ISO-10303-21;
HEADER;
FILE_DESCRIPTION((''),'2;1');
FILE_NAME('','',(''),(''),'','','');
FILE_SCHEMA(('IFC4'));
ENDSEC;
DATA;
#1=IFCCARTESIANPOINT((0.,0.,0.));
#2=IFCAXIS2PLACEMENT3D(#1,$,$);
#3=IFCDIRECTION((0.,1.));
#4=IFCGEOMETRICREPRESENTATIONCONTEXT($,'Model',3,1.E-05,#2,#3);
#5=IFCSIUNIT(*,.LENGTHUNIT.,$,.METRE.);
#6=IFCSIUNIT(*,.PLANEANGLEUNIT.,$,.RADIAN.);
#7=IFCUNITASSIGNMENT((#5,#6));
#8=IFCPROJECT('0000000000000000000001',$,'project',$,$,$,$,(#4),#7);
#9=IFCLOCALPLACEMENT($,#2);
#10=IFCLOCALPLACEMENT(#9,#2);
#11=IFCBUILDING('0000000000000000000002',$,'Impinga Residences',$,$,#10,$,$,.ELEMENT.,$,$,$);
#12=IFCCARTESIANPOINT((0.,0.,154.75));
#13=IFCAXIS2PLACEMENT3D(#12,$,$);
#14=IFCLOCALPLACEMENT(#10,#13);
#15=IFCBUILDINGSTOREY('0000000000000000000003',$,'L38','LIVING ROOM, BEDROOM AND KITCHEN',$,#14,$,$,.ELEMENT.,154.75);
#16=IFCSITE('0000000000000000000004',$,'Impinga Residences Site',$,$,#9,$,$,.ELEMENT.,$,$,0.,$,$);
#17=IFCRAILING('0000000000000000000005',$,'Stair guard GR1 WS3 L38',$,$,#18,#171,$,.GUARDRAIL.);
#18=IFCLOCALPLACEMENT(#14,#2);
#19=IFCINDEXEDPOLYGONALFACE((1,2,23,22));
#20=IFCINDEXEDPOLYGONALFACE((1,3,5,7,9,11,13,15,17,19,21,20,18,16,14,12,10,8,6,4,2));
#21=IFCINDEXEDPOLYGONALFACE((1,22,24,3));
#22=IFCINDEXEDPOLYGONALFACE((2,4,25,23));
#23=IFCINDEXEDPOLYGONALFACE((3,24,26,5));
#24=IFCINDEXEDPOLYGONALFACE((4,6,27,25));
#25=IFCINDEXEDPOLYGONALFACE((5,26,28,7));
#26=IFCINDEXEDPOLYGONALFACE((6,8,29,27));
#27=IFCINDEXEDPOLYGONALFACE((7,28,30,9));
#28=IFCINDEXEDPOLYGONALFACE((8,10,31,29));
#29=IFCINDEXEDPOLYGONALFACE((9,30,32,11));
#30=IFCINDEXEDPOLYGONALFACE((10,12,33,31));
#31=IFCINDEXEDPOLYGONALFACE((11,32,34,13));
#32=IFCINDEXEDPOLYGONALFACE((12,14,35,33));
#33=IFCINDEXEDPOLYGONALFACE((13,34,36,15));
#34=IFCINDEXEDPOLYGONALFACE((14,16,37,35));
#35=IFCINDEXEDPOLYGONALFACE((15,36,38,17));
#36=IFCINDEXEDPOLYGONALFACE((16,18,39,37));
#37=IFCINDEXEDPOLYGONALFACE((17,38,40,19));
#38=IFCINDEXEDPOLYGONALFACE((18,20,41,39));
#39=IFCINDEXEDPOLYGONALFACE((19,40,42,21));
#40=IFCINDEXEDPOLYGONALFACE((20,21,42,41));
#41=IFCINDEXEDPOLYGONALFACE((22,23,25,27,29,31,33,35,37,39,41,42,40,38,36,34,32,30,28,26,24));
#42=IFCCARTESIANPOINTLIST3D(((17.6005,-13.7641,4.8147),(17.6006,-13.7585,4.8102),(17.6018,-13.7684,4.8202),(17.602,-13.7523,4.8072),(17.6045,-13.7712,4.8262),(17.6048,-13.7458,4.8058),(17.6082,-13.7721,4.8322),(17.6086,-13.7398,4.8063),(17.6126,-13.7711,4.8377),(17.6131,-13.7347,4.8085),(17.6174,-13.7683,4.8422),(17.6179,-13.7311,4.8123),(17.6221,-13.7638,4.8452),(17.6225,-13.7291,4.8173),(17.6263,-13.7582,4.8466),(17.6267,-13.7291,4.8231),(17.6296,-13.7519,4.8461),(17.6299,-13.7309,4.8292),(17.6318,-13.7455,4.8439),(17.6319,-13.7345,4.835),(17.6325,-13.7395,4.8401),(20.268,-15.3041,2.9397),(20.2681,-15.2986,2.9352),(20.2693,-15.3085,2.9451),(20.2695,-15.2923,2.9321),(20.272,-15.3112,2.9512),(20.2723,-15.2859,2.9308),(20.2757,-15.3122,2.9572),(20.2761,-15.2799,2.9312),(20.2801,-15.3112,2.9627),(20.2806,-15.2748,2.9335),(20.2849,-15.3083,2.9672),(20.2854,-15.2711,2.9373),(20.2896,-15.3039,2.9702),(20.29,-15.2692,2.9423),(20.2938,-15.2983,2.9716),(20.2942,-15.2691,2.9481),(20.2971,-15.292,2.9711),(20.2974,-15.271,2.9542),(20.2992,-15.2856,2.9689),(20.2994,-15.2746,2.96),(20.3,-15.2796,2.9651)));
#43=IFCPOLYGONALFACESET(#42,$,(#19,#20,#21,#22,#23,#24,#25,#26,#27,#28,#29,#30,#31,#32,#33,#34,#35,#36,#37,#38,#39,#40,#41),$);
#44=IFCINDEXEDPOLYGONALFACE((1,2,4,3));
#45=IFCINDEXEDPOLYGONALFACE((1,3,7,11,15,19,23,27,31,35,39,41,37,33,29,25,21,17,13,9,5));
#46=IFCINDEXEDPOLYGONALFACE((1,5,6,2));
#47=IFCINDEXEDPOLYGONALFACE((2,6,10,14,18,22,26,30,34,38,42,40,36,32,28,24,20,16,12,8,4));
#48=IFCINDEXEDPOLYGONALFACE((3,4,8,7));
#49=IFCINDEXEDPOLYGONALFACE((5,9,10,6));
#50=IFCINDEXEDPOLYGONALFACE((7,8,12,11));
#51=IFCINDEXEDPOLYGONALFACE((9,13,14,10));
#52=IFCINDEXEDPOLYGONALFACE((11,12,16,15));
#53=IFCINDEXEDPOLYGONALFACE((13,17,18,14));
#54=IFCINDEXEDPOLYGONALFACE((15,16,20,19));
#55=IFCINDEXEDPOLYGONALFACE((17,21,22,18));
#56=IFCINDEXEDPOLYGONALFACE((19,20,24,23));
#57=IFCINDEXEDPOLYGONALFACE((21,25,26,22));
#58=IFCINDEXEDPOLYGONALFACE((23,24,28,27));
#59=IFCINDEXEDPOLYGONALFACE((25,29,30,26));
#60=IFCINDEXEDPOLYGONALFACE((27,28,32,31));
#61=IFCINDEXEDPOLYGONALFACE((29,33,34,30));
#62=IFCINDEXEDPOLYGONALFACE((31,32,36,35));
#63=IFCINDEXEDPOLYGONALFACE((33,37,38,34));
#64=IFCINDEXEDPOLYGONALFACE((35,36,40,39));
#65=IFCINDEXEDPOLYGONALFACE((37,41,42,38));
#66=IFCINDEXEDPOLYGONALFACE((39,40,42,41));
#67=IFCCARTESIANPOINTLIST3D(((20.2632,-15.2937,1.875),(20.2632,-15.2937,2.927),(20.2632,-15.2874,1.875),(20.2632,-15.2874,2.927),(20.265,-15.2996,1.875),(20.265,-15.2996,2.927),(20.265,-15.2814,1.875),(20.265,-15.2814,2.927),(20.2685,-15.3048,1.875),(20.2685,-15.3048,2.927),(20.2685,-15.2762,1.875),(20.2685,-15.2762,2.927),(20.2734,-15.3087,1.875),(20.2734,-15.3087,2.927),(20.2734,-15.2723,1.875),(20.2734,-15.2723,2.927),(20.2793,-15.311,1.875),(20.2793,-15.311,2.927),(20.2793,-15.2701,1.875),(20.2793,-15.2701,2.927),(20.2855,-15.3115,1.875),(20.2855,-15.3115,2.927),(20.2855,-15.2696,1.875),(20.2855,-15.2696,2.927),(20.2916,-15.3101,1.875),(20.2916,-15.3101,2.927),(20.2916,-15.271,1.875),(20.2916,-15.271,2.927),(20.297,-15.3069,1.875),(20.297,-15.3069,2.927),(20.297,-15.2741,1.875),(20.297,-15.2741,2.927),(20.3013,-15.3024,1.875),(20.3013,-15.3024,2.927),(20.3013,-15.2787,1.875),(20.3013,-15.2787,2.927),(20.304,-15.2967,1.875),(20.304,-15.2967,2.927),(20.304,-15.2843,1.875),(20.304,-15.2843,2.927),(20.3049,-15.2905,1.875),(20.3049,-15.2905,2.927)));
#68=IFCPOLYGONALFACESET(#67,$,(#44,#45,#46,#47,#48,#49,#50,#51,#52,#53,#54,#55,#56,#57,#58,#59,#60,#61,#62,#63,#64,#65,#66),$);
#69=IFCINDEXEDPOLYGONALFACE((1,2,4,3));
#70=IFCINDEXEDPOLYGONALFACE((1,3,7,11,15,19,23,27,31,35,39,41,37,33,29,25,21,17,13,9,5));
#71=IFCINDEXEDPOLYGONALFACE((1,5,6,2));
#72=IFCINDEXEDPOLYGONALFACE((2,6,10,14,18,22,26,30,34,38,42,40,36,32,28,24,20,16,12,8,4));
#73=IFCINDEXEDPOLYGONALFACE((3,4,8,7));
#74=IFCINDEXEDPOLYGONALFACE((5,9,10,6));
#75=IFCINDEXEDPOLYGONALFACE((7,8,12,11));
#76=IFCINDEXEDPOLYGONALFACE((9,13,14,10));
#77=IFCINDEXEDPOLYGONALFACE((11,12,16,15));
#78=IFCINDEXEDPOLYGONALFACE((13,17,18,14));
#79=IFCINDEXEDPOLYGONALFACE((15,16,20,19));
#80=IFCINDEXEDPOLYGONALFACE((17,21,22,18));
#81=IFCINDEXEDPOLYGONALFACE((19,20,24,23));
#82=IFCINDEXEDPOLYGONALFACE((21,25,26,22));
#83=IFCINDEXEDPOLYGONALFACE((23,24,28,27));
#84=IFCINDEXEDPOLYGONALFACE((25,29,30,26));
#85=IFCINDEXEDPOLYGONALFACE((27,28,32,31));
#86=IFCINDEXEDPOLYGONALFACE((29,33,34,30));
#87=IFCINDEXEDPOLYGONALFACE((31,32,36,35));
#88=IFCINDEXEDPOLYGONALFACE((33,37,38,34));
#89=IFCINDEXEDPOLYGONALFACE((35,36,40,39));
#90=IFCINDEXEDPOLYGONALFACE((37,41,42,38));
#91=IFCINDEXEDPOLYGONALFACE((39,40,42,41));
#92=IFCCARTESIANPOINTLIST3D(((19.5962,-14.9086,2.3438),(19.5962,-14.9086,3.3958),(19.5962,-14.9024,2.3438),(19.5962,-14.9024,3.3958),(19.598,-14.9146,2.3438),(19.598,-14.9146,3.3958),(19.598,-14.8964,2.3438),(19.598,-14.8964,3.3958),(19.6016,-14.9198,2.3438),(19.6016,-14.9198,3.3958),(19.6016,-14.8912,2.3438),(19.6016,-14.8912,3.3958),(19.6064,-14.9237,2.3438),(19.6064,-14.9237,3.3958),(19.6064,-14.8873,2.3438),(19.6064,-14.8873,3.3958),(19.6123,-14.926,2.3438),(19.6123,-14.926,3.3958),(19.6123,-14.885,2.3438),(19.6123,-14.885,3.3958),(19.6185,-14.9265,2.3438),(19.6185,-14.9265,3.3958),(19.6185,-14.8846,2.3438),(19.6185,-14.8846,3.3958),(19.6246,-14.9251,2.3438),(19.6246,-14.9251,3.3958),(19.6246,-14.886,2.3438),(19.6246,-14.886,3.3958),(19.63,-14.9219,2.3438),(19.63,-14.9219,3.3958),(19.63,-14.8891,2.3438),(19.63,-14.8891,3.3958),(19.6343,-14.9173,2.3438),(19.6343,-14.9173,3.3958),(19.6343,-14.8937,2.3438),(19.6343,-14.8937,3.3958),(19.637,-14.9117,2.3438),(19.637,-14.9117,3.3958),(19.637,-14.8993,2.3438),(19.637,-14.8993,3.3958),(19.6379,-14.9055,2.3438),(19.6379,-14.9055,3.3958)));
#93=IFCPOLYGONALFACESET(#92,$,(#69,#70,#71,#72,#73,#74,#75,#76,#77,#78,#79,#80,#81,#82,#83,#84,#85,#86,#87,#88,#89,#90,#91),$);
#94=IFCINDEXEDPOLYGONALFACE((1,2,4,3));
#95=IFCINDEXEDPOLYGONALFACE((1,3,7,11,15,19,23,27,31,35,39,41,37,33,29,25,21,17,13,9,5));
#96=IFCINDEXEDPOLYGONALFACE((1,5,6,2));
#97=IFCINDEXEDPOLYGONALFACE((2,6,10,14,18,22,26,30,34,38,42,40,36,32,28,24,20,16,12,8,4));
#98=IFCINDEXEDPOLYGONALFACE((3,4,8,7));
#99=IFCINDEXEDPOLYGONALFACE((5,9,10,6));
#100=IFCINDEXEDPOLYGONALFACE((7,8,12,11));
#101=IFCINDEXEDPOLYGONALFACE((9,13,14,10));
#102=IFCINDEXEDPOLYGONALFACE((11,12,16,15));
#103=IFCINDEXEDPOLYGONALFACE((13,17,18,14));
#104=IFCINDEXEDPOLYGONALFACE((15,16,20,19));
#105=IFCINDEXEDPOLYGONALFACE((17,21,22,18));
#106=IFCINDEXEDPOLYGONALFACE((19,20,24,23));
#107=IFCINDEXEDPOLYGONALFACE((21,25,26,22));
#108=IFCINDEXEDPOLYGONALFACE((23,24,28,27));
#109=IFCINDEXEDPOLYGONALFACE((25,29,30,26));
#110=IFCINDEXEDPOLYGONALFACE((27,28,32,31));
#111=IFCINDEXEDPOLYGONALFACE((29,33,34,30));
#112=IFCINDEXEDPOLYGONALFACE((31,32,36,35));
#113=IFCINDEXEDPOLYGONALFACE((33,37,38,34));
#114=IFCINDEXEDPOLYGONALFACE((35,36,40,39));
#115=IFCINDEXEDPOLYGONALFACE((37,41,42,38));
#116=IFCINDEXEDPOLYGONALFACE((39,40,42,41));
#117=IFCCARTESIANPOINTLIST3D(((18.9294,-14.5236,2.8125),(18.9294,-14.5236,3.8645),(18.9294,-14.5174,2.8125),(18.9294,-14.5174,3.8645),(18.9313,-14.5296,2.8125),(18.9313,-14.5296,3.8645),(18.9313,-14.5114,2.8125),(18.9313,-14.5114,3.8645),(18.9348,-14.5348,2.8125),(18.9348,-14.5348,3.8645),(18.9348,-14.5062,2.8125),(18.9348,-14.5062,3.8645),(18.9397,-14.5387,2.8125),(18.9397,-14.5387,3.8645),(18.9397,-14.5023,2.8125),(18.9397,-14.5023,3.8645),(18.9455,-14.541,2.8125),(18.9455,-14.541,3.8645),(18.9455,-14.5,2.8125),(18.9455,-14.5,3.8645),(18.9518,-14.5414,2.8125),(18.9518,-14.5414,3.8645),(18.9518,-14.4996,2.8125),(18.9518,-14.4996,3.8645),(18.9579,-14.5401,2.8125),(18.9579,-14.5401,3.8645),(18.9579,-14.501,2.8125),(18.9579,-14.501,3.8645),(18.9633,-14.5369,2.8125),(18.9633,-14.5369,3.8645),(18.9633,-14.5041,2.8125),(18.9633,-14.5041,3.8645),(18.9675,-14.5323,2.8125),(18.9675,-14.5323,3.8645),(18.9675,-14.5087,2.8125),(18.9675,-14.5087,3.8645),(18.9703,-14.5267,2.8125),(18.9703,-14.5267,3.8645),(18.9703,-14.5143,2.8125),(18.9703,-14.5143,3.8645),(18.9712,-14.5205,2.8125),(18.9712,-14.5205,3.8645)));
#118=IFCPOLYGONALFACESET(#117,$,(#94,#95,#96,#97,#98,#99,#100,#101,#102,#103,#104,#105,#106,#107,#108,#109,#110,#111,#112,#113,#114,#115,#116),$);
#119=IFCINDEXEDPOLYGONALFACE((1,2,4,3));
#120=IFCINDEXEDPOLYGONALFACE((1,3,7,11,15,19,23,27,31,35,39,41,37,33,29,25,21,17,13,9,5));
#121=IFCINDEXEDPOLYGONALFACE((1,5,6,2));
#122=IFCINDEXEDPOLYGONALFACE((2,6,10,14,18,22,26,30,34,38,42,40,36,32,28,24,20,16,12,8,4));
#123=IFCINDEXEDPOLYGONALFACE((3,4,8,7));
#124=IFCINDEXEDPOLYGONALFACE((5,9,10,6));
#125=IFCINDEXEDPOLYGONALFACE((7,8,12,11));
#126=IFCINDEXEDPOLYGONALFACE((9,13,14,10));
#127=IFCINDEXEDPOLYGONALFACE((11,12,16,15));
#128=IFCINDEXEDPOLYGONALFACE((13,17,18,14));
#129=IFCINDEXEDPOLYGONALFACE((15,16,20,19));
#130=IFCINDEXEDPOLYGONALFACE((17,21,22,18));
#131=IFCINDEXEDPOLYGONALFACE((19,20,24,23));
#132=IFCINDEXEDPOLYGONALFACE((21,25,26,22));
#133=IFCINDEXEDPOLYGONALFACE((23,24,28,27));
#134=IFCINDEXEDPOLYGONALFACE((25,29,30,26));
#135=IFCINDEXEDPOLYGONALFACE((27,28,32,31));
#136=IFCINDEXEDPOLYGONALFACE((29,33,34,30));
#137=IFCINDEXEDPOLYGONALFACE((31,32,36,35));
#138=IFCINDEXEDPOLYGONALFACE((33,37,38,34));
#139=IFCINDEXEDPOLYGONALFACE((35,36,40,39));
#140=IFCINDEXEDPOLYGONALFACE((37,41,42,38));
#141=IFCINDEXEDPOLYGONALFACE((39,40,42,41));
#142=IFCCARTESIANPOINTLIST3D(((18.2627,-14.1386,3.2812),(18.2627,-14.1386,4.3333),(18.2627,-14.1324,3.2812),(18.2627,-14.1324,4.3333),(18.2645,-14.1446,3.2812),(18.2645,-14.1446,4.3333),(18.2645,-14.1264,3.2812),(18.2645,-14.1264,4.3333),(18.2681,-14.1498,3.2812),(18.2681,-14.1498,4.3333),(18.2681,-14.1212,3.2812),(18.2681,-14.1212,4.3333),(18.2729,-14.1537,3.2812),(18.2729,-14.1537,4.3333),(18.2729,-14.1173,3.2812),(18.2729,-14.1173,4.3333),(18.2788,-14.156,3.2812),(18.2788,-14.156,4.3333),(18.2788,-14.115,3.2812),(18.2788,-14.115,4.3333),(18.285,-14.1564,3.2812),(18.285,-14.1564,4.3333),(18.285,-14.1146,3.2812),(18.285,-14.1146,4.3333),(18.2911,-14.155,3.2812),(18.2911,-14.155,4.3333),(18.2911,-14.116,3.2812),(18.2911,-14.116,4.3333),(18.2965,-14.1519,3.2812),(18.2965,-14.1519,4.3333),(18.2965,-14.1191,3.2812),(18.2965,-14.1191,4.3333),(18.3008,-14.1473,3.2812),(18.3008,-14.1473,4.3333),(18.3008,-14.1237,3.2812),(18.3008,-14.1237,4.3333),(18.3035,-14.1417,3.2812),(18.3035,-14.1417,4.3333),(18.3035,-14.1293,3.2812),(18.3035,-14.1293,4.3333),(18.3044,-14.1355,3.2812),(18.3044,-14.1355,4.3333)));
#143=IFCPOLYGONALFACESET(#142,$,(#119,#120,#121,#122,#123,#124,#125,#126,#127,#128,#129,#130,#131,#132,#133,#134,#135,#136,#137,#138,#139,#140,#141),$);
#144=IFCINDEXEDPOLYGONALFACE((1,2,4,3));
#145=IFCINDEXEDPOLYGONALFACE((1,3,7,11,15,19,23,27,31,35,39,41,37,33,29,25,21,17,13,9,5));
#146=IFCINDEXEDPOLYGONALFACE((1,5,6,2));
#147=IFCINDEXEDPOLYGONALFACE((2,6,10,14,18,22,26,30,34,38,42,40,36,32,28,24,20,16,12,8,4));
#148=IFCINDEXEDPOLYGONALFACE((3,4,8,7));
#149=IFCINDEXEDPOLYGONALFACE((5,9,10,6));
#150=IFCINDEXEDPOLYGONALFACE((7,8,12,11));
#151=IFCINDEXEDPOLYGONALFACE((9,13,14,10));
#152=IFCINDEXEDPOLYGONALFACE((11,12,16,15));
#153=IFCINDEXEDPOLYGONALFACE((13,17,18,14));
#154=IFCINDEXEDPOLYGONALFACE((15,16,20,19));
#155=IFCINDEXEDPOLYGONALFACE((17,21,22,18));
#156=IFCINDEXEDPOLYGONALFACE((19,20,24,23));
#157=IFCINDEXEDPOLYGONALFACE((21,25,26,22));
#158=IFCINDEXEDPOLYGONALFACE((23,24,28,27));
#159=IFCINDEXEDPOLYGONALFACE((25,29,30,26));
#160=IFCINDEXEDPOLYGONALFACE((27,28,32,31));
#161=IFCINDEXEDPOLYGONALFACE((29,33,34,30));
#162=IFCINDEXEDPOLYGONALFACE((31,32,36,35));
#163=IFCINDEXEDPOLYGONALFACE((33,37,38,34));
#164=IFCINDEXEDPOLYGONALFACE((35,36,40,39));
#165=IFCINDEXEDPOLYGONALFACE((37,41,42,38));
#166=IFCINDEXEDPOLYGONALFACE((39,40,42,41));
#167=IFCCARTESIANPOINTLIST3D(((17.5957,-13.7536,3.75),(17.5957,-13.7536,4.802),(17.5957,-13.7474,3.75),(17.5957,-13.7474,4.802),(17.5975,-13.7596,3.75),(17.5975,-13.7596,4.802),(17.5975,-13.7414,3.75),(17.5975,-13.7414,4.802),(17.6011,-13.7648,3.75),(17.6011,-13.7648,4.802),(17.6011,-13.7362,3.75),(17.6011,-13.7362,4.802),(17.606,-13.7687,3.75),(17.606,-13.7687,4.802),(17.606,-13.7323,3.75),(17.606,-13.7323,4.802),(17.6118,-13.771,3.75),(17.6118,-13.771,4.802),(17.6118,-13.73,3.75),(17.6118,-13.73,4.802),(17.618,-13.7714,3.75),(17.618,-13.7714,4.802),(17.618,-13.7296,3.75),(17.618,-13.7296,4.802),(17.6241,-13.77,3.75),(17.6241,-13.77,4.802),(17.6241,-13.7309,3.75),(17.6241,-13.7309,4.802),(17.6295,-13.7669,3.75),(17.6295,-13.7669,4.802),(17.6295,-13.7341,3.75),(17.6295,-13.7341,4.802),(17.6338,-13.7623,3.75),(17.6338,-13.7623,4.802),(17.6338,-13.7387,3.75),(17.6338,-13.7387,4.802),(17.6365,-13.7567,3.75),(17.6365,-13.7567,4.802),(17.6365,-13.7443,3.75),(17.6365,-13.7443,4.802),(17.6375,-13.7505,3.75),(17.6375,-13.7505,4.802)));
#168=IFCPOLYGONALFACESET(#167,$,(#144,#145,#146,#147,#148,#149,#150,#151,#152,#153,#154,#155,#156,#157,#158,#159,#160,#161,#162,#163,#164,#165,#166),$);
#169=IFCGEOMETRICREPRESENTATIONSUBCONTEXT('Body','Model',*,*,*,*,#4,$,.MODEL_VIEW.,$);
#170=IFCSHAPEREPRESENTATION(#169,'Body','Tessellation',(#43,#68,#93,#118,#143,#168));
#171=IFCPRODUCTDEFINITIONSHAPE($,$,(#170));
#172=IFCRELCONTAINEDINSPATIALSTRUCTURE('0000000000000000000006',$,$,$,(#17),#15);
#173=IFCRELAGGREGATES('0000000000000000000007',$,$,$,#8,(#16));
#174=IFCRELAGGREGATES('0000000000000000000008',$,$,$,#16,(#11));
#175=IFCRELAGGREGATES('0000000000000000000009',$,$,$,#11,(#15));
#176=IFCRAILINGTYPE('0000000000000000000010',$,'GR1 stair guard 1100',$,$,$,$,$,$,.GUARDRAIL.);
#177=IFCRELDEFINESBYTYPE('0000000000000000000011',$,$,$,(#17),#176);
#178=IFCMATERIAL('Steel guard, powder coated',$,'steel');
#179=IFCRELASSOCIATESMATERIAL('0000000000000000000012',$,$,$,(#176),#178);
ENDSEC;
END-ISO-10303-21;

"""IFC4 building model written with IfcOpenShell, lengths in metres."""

from ifc_helpers import new_model, si_unit, direction, frame, origin, origin_2d, place, context, subcontext, project, spatial, circle, extrude, material, type_object, element, save


model = new_model("IFC4")

# Units and contexts
model_context = context("Model", 3, precision=1e-05, world=origin(), true_north=direction((0.0, 1.0)))
body_context = subcontext(model_context, "Body", "Model", "MODEL_VIEW")
ifc_project = project(units=[si_unit("LENGTHUNIT", "METRE"), si_unit("PLANEANGLEUNIT", "RADIAN")], contexts=[model_context])

# Site, building, storey
site_placement = place(None, origin())
site = spatial("IfcSite", under=ifc_project, at=site_placement, Name="Impinga Residences Site", CompositionType="ELEMENT", RefElevation=0.0)
building_placement = place(site_placement, origin())
building = spatial("IfcBuilding", under=site, at=building_placement, Name="Impinga Residences", CompositionType="ELEMENT")
storey_placement = place(building_placement, frame((0.0, 0.0, 154.75)))
storey = spatial("IfcBuildingStorey", under=building, at=storey_placement, Name="L38", Description="LIVING ROOM, BEDROOM AND KITCHEN", CompositionType="ELEMENT", Elevation=154.75)

# Railing
ifc_material_1 = material(Name="Steel guard, powder coated", Category="steel")
railing_type = type_object("IfcRailingType", Name="GR1 stair guard 1100", PredefinedType="GUARDRAIL", material=ifc_material_1)
railing_placement = place(storey_placement, frame((20.2839, -15.2905, 1.875)))
element("IfcRailing", 1, at=railing_placement, inside=storey, type_object=railing_type, Name="Stair guard GR1 WS3 L38", PredefinedType="GUARDRAIL", context=body_context, shape_type="SweptSolid", body=[
    extrude(circle(Radius=0.0239, at=origin_2d()), frame((0.0, 0.0, 1.0762), z_axis=(-0.739746, 0.427084, 0.519975), x_axis=(-0.499992, -0.86603, 0.0)), (0.0, 0.0, 1.0), 3.606),
    extrude(circle(Radius=0.021, at=origin_2d()), origin(), (0.0, 0.0, 1.0), 1.052),
    extrude(circle(Radius=0.021, at=origin_2d()), frame((-0.667, 0.385, 0.4688)), (0.0, 0.0, 1.0), 1.052),
    extrude(circle(Radius=0.021, at=origin_2d()), frame((-1.3337, 0.77, 0.9375)), (0.0, 0.0, 1.0), 1.052),
    extrude(circle(Radius=0.021, at=origin_2d()), frame((-2.0005, 1.155, 1.4062)), (0.0, 0.0, 1.0), 1.052),
    extrude(circle(Radius=0.021, at=origin_2d()), frame((-2.6675, 1.54, 1.875)), (0.0, 0.0, 1.0), 1.052),
])

save(model, "model.ifc")
